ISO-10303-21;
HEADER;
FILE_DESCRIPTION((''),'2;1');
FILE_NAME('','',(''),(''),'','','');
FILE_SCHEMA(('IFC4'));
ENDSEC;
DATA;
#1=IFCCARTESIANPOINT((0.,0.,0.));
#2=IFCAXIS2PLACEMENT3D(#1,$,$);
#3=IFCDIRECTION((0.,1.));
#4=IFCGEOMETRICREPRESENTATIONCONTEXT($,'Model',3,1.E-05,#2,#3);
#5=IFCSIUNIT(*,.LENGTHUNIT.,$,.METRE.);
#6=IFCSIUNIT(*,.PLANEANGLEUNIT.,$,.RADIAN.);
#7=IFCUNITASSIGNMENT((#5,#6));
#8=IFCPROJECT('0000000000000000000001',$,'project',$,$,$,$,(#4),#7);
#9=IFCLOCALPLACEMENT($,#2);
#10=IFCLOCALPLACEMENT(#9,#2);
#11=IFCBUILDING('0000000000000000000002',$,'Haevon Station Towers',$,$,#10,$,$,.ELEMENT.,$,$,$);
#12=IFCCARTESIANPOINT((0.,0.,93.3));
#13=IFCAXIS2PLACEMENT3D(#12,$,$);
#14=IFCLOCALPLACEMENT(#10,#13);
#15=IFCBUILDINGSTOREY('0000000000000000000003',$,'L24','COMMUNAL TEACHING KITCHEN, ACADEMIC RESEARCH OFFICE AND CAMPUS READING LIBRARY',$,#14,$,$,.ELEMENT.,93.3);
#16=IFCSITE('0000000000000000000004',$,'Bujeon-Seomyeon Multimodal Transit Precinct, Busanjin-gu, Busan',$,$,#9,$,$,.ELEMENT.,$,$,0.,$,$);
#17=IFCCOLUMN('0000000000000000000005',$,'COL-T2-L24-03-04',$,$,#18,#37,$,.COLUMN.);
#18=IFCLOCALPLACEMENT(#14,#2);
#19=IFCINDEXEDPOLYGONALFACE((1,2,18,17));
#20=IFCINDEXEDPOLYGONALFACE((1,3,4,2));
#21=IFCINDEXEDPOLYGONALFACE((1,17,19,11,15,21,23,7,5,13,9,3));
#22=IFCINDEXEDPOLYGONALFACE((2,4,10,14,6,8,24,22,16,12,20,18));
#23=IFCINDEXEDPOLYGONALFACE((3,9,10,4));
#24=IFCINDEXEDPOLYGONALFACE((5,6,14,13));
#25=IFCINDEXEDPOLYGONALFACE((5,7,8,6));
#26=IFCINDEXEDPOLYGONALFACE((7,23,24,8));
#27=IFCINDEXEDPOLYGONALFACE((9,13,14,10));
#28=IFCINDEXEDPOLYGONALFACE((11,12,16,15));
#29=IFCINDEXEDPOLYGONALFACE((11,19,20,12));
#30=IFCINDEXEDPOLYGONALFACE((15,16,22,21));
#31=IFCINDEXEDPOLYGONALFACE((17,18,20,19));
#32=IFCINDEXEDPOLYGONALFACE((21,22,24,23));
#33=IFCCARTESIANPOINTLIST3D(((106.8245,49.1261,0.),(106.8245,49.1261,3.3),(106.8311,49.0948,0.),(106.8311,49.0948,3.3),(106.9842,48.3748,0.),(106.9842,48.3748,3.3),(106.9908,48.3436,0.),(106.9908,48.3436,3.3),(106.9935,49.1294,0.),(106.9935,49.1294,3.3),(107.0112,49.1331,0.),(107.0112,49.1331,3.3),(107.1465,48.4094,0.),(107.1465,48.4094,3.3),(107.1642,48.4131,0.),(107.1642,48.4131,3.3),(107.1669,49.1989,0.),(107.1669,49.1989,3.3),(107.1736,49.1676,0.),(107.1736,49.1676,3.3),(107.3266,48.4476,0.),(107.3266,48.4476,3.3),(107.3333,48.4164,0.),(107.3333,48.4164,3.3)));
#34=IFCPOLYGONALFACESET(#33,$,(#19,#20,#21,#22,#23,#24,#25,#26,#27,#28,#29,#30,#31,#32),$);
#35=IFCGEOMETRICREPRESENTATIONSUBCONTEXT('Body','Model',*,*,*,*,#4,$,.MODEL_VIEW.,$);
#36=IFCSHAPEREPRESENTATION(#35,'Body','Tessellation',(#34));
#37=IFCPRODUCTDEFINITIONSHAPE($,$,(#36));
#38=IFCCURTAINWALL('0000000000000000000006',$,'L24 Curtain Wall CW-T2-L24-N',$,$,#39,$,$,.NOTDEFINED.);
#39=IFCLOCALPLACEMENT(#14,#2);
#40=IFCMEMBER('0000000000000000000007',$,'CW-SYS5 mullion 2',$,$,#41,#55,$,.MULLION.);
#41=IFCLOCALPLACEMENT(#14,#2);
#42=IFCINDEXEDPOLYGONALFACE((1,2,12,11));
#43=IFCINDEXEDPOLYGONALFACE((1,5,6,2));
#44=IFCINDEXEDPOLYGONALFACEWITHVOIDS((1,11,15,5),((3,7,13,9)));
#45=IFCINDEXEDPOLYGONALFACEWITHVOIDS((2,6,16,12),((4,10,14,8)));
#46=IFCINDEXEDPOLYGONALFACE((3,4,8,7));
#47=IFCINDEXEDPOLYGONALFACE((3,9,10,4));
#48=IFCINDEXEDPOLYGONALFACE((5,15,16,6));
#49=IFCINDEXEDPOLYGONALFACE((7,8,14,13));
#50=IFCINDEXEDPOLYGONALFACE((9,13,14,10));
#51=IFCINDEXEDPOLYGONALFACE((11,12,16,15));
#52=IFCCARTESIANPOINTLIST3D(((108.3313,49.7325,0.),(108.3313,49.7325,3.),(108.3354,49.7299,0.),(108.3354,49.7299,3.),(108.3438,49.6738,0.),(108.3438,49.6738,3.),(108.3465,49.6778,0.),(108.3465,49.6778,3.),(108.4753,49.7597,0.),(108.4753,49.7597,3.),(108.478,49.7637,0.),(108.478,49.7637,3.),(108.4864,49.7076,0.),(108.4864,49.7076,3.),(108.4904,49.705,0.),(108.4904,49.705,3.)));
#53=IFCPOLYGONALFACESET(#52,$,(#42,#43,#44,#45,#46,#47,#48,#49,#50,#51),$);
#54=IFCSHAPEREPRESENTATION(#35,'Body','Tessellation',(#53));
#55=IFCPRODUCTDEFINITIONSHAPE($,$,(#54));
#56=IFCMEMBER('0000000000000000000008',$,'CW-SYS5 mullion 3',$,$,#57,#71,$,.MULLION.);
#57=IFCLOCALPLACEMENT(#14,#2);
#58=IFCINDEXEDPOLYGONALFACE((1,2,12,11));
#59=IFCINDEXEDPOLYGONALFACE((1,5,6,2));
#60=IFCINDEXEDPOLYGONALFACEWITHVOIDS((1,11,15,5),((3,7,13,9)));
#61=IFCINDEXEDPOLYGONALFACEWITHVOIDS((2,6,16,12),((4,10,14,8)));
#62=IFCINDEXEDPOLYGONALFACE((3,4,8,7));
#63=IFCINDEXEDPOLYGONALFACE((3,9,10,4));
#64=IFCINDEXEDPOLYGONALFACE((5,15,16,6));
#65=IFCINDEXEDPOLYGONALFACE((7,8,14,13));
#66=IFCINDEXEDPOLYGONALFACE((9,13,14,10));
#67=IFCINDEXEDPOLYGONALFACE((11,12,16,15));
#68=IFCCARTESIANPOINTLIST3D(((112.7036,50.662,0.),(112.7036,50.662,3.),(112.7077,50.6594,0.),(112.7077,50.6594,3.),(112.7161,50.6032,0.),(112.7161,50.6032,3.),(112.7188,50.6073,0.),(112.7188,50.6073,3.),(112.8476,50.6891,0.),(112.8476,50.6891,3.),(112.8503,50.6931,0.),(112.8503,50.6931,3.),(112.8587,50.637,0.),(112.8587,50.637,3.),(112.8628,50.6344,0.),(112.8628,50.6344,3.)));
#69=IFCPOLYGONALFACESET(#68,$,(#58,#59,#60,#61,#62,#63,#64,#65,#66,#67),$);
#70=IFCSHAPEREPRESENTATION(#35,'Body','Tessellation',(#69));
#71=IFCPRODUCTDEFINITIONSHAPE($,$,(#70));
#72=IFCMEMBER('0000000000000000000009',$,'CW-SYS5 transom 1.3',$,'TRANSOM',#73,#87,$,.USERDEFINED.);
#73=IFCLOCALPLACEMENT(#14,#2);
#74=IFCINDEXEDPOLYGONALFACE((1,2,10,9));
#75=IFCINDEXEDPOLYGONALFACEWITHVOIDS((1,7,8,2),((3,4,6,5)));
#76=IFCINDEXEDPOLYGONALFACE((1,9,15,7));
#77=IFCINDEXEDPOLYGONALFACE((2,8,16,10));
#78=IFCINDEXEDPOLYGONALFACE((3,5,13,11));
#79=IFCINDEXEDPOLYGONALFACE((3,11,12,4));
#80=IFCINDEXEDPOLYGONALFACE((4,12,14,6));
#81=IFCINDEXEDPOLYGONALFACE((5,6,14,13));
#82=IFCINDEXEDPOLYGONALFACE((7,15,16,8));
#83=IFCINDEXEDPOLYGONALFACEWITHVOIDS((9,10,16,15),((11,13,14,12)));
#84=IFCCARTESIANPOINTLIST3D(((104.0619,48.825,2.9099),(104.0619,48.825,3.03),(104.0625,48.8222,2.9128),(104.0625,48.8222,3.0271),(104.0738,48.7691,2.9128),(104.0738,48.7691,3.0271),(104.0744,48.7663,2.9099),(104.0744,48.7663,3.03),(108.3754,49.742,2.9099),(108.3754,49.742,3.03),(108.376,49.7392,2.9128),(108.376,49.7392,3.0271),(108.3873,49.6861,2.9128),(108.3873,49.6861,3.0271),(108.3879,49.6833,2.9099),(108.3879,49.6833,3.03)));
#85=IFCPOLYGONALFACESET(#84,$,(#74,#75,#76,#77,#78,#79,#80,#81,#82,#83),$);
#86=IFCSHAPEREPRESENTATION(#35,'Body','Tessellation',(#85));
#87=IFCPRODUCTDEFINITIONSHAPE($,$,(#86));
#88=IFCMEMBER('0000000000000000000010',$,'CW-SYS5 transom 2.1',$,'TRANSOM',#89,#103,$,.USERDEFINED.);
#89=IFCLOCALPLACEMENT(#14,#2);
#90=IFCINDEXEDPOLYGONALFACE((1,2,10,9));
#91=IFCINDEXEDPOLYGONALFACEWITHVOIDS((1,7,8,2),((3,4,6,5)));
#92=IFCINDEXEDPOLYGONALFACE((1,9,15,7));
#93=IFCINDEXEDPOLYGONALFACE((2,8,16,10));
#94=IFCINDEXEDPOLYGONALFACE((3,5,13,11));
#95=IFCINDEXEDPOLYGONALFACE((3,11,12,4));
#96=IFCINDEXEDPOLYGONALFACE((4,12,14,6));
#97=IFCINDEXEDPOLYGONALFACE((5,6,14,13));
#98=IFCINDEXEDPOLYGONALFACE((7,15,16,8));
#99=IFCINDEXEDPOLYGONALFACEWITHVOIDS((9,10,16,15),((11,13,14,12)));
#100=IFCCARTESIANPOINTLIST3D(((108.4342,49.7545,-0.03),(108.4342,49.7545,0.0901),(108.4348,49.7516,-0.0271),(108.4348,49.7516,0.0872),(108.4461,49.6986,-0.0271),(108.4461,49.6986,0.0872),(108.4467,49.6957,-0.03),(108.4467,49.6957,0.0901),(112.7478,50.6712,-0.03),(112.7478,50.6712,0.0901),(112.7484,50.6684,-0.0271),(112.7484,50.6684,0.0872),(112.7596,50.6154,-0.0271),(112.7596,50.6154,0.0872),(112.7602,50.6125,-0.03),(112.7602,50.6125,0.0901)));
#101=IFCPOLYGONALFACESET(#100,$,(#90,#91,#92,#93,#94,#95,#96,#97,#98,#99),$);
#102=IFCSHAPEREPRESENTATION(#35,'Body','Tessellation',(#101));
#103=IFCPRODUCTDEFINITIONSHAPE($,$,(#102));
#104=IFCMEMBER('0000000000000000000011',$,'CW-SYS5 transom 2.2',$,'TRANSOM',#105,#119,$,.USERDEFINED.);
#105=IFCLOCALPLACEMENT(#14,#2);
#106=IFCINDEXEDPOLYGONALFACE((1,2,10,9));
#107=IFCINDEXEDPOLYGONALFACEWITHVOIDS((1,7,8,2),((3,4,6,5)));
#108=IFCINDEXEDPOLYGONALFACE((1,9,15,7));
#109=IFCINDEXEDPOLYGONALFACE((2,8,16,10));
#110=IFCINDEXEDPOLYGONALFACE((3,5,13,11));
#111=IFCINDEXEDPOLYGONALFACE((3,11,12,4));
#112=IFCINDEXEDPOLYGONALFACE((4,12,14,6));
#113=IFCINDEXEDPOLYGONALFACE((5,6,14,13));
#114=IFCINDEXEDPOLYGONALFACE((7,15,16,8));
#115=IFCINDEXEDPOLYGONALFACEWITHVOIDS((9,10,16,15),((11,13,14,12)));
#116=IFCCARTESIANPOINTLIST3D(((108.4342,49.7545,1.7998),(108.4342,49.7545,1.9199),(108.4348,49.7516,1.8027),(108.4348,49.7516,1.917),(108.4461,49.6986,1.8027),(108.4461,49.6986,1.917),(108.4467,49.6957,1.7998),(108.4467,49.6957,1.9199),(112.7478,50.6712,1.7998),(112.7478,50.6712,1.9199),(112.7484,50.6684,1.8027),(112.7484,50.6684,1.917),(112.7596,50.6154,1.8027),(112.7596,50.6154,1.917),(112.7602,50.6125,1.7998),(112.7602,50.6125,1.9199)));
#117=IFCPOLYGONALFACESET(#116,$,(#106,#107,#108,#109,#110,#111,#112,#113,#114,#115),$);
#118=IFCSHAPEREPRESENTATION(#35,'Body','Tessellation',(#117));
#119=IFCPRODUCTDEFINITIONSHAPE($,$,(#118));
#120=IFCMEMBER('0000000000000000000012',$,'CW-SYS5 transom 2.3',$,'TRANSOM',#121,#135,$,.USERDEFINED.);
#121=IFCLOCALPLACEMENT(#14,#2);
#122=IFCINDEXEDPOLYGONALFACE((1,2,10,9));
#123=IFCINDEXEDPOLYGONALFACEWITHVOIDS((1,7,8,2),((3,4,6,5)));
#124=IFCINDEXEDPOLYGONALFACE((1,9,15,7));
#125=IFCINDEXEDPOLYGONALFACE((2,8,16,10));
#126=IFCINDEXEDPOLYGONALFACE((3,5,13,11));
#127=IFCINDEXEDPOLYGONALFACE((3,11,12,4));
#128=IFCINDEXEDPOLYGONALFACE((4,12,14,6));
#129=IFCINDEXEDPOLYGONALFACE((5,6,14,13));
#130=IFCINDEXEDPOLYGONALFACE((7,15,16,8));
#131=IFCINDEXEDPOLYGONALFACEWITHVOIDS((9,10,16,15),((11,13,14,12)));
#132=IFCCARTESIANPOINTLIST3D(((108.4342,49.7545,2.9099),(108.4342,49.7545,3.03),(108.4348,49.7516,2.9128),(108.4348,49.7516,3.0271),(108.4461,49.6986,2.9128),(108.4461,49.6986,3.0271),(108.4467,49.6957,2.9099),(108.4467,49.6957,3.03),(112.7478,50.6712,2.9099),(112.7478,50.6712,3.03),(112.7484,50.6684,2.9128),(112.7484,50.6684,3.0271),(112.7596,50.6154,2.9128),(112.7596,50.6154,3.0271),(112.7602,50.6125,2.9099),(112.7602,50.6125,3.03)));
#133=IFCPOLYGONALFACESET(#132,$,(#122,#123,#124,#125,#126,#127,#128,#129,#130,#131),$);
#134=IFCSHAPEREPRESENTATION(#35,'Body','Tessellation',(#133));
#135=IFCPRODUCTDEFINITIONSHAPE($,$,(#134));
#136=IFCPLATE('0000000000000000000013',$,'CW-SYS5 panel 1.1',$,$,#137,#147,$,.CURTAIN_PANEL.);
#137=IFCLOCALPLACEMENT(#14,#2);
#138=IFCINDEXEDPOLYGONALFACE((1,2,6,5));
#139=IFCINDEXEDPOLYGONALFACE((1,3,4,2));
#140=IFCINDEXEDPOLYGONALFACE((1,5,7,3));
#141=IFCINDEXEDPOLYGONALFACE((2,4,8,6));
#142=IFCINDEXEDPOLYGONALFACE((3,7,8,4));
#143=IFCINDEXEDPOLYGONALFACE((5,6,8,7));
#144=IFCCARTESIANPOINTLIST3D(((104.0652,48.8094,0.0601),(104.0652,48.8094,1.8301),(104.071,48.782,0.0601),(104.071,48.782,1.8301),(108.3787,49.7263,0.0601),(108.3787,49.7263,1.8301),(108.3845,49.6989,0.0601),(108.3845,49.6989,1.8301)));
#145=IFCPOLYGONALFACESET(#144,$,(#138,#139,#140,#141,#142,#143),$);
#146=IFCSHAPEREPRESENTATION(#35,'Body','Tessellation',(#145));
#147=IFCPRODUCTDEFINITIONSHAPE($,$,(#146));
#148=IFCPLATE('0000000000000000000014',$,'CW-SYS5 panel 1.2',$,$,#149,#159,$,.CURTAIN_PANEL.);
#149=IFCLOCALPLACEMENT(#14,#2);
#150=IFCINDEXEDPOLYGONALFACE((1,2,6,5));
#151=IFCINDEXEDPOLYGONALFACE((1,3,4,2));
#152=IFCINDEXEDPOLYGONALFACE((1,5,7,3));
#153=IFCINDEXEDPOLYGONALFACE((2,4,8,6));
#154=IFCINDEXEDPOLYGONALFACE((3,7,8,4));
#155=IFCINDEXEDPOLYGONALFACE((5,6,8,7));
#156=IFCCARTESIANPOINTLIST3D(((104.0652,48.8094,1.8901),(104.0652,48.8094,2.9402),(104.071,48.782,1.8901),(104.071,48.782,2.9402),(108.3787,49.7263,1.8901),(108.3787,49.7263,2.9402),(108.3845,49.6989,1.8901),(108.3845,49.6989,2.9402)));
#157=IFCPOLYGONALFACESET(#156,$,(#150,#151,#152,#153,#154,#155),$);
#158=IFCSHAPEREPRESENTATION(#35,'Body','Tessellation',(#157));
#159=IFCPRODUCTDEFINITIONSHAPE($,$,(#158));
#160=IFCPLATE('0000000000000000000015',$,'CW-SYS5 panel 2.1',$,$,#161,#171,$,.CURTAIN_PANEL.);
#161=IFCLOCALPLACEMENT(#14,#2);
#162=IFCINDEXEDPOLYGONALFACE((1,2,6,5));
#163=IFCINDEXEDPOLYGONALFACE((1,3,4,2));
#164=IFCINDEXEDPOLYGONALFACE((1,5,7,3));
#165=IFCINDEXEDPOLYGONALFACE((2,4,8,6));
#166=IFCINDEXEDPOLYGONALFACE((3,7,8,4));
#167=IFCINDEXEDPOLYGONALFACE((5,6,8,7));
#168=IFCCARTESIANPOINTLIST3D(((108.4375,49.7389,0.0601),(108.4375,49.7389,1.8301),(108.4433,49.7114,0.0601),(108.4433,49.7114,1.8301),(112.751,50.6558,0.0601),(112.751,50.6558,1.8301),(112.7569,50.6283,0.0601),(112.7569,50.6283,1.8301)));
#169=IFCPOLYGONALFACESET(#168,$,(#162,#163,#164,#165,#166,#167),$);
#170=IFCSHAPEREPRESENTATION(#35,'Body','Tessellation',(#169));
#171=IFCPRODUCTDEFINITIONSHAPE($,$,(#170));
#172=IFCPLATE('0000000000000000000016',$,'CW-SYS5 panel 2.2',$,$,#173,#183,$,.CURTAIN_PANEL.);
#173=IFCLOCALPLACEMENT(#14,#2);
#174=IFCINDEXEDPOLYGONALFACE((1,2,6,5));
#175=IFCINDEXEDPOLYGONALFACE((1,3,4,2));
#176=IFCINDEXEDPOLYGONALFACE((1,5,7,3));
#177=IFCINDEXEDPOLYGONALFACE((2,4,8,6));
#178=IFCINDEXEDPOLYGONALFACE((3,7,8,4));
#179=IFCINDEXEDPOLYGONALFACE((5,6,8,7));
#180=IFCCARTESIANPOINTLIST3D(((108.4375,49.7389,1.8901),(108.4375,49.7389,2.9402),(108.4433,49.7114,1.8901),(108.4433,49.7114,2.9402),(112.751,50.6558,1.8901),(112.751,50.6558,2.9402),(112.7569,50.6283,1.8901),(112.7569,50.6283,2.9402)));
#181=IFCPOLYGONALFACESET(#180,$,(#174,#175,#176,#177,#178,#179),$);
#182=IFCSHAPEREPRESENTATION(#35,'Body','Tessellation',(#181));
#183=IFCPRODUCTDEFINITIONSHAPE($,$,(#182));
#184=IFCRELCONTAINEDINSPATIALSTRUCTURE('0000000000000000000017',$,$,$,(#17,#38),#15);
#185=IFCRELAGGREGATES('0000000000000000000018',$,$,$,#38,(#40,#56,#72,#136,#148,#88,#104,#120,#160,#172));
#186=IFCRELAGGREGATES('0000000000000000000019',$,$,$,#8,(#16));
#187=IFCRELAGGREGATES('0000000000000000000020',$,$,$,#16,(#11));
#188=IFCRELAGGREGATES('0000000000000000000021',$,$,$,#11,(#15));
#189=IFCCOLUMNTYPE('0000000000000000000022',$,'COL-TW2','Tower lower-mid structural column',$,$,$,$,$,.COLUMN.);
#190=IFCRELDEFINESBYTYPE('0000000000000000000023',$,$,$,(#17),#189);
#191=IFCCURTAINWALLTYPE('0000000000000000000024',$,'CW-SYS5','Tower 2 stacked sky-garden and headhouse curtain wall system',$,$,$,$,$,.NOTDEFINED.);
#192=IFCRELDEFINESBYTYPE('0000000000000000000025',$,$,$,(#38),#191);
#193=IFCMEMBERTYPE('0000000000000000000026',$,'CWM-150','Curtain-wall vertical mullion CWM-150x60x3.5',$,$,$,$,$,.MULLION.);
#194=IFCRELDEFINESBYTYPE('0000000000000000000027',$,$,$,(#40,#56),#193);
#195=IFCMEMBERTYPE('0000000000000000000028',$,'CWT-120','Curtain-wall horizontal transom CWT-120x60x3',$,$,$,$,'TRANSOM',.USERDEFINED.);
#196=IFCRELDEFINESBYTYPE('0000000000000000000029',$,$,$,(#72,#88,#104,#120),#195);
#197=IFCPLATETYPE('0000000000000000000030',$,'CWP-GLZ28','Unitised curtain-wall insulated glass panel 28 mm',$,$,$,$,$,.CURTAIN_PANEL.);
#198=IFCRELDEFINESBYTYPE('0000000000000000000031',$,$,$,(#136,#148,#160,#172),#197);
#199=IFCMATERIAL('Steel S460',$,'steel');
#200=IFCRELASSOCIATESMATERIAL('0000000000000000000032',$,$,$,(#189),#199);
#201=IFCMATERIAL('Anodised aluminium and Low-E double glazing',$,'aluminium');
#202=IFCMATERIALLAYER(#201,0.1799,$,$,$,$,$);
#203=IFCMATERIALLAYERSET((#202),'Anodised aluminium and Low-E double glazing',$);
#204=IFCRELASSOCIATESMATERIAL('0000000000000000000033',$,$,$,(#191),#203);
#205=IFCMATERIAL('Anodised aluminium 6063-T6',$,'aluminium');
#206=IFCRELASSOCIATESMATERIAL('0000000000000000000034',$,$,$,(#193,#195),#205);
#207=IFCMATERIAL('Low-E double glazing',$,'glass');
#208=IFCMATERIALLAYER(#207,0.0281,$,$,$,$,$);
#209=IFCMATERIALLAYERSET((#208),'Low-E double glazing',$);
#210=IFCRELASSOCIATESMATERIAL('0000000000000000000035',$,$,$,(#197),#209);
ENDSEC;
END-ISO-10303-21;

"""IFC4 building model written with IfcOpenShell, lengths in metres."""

from ifc_helpers import new_model, si_unit, direction, frame, origin, origin_2d, place, context, subcontext, project, spatial, rectangle, hollow_rectangle, i_section, extrude, material, layer, layer_set, material_profile, profile_set, type_object, element, aggregate, save


model = new_model("IFC4")

# Units and contexts
model_context = context("Model", 3, precision=1e-05, world=origin(), true_north=direction((0.0, 1.0)))
body_context = subcontext(model_context, "Body", "Model", "MODEL_VIEW")
ifc_project = project(units=[si_unit("LENGTHUNIT", "METRE"), si_unit("PLANEANGLEUNIT", "RADIAN")], contexts=[model_context])

# Site, building, storey
site_placement = place(None, origin())
site = spatial("IfcSite", under=ifc_project, at=site_placement, Name="Bujeon-Seomyeon Multimodal Transit Precinct, Busanjin-gu, Busan", CompositionType="ELEMENT", RefElevation=0.0)
building_placement = place(site_placement, origin())
building = spatial("IfcBuilding", under=site, at=building_placement, Name="Haevon Station Towers", CompositionType="ELEMENT")
storey_placement = place(building_placement, frame((0.0, 0.0, 93.3)))
storey = spatial("IfcBuildingStorey", under=building, at=storey_placement, Name="L24", Description="COMMUNAL TEACHING KITCHEN, ACADEMIC RESEARCH OFFICE AND CAMPUS READING LIBRARY", CompositionType="ELEMENT", Elevation=93.3)

# Column
ifc_material_1 = material(Name="Steel S460", Category="steel")
ifc_material_profile_1 = material_profile(ifc_material_1, i_section(OverallWidth=0.3501, OverallDepth=0.8, WebThickness=0.0181, FlangeThickness=0.032, at=origin_2d()), Name="H-800x350x18x32")
ifc_profile_set_1 = profile_set([ifc_material_profile_1], Name="Steel S460")
column_type = type_object("IfcColumnType", Name="COL-TW2", Description="Tower lower-mid structural column", PredefinedType="COLUMN", material=ifc_profile_set_1)
column_placement = place(storey_placement, frame((107.0789, 48.7712, 0.0), z_axis=(0.0, 0.0, 1.0), x_axis=(0.978148, 0.207912, 0.0)))
element("IfcColumn", 1, at=column_placement, inside=storey, type_object=column_type, Name="COL-T2-L24-03-04", PredefinedType="COLUMN", context=body_context, shape_type="SweptSolid", body=[
    extrude(i_section(OverallWidth=0.3501, OverallDepth=0.8, WebThickness=0.0181, FlangeThickness=0.032, at=origin_2d()), origin(), (0.0, 0.0, 1.0), 3.3),
])

# Curtain wall, members, plates
ifc_material_2 = material(Name="Anodised aluminium and Low-E double glazing", Category="aluminium")
ifc_layer_1 = layer(ifc_material_2, 0.1799)
ifc_layer_set_1 = layer_set([ifc_layer_1], Name="Anodised aluminium and Low-E double glazing")
curtain_wall_type = type_object("IfcCurtainWallType", Name="CW-SYS5", Description="Tower 2 stacked sky-garden and headhouse curtain wall system", PredefinedType="NOTDEFINED", material=ifc_layer_set_1)
curtain_wall_placement = place(storey_placement, origin())
curtain_wall = element("IfcCurtainWall", 2, at=curtain_wall_placement, inside=storey, type_object=curtain_wall_type, Name="L24 Curtain Wall CW-T2-L24-N", PredefinedType="NOTDEFINED")
ifc_material_3 = material(Name="Anodised aluminium 6063-T6", Category="aluminium")
ifc_material_profile_2 = material_profile(ifc_material_3, hollow_rectangle(XDim=0.0601, YDim=0.1499, WallThickness=0.0034, at=origin_2d()), Name="CWM-150x60x3.5")
ifc_profile_set_2 = profile_set([ifc_material_profile_2], Name="Anodised aluminium 6063-T6")
member_type_1 = type_object("IfcMemberType", Name="CWM-150", Description="Curtain-wall vertical mullion CWM-150x60x3.5", PredefinedType="MULLION", material=ifc_profile_set_2)
member_1_placement = place(storey_placement, frame((108.4109, 49.7188, 0.0), z_axis=(0.0, 0.0, 1.0), x_axis=(-0.207912, 0.978148, 0.0)))
member_1 = element("IfcMember", 3, at=member_1_placement, type_object=member_type_1, Name="CW-SYS5 mullion 2", PredefinedType="MULLION", context=body_context, shape_type="SweptSolid", body=[
    extrude(hollow_rectangle(XDim=0.0601, YDim=0.1499, WallThickness=0.0034, at=origin_2d()), origin(), (0.0, 0.0, 1.0), 3.0),
])
member_2_placement = place(storey_placement, frame((112.7832, 50.6482, 0.0), z_axis=(0.0, 0.0, 1.0), x_axis=(-0.207912, 0.978148, 0.0)))
member_2 = element("IfcMember", 4, at=member_2_placement, type_object=member_type_1, Name="CW-SYS5 mullion 3", PredefinedType="MULLION", context=body_context, shape_type="SweptSolid", body=[
    extrude(hollow_rectangle(XDim=0.0601, YDim=0.1499, WallThickness=0.0034, at=origin_2d()), origin(), (0.0, 0.0, 1.0), 3.0),
])
ifc_material_profile_3 = material_profile(ifc_material_3, hollow_rectangle(XDim=0.0601, YDim=0.1201, WallThickness=0.0029, at=origin_2d()), Name="CWT-120x60x3")
ifc_profile_set_3 = profile_set([ifc_material_profile_3], Name="Anodised aluminium 6063-T6")
member_type_2 = type_object("IfcMemberType", Name="CWT-120", Description="Curtain-wall horizontal transom CWT-120x60x3", ElementType="TRANSOM", PredefinedType="USERDEFINED", material=ifc_profile_set_3)
member_3_placement = place(storey_placement, frame((104.0681, 48.7957, 2.97), z_axis=(0.978141, 0.207941, 0.0), x_axis=(-0.207941, 0.978141, 0.0)))
member_3 = element("IfcMember", 5, at=member_3_placement, type_object=member_type_2, Name="CW-SYS5 transom 1.3", ObjectType="TRANSOM", PredefinedType="USERDEFINED", context=body_context, shape_type="SweptSolid", body=[
    extrude(hollow_rectangle(XDim=0.0601, YDim=0.1201, WallThickness=0.0029, at=origin_2d()), origin(), (0.0, 0.0, 1.0), 4.4099),
])
member_4_placement = place(storey_placement, frame((108.4404, 49.7251, 0.03), z_axis=(0.978153, 0.207888, 0.0), x_axis=(-0.207888, 0.978153, 0.0)))
member_4 = element("IfcMember", 6, at=member_4_placement, type_object=member_type_2, Name="CW-SYS5 transom 2.1", ObjectType="TRANSOM", PredefinedType="USERDEFINED", context=body_context, shape_type="SweptSolid", body=[
    extrude(hollow_rectangle(XDim=0.0601, YDim=0.1201, WallThickness=0.0029, at=origin_2d()), origin(), (0.0, 0.0, 1.0), 4.4099),
])
member_5_placement = place(storey_placement, frame((108.4404, 49.7251, 1.8599), z_axis=(0.978153, 0.207888, 0.0), x_axis=(-0.207888, 0.978153, 0.0)))
member_5 = element("IfcMember", 7, at=member_5_placement, type_object=member_type_2, Name="CW-SYS5 transom 2.2", ObjectType="TRANSOM", PredefinedType="USERDEFINED", context=body_context, shape_type="SweptSolid", body=[
    extrude(hollow_rectangle(XDim=0.0601, YDim=0.1201, WallThickness=0.0029, at=origin_2d()), origin(), (0.0, 0.0, 1.0), 4.4099),
])
member_6_placement = place(storey_placement, frame((108.4404, 49.7251, 2.97), z_axis=(0.978153, 0.207888, 0.0), x_axis=(-0.207888, 0.978153, 0.0)))
member_6 = element("IfcMember", 8, at=member_6_placement, type_object=member_type_2, Name="CW-SYS5 transom 2.3", ObjectType="TRANSOM", PredefinedType="USERDEFINED", context=body_context, shape_type="SweptSolid", body=[
    extrude(hollow_rectangle(XDim=0.0601, YDim=0.1201, WallThickness=0.0029, at=origin_2d()), origin(), (0.0, 0.0, 1.0), 4.4099),
])
ifc_material_4 = material(Name="Low-E double glazing", Category="glass")
ifc_layer_2 = layer(ifc_material_4, 0.0281)
ifc_layer_set_2 = layer_set([ifc_layer_2], Name="Low-E double glazing")
plate_type = type_object("IfcPlateType", Name="CWP-GLZ28", Description="Unitised curtain-wall insulated glass panel 28 mm", PredefinedType="CURTAIN_PANEL", material=ifc_layer_set_2)
plate_1_placement = place(storey_placement, frame((106.2249, 49.2542, 0.0601), z_axis=(0.0, 0.0, 1.0), x_axis=(0.978148, 0.207912, 0.0)))
plate_1 = element("IfcPlate", 9, at=plate_1_placement, type_object=plate_type, Name="CW-SYS5 panel 1.1", PredefinedType="CURTAIN_PANEL", context=body_context, shape_type="SweptSolid", body=[
    extrude(rectangle(XDim=4.4099, YDim=0.0281, at=origin_2d()), origin(), (0.0, 0.0, 1.0), 1.77),
])
plate_2_placement = place(storey_placement, frame((106.2249, 49.2542, 1.8901), z_axis=(0.0, 0.0, 1.0), x_axis=(0.978148, 0.207912, 0.0)))
plate_2 = element("IfcPlate", 10, at=plate_2_placement, type_object=plate_type, Name="CW-SYS5 panel 1.2", PredefinedType="CURTAIN_PANEL", context=body_context, shape_type="SweptSolid", body=[
    extrude(rectangle(XDim=4.4099, YDim=0.0281, at=origin_2d()), origin(), (0.0, 0.0, 1.0), 1.05),
])
plate_3_placement = place(storey_placement, frame((110.5972, 50.1836, 0.0601), z_axis=(0.0, 0.0, 1.0), x_axis=(0.978148, 0.207912, 0.0)))
plate_3 = element("IfcPlate", 11, at=plate_3_placement, type_object=plate_type, Name="CW-SYS5 panel 2.1", PredefinedType="CURTAIN_PANEL", context=body_context, shape_type="SweptSolid", body=[
    extrude(rectangle(XDim=4.4099, YDim=0.0281, at=origin_2d()), origin(), (0.0, 0.0, 1.0), 1.77),
])
plate_4_placement = place(storey_placement, frame((110.5972, 50.1836, 1.8901), z_axis=(0.0, 0.0, 1.0), x_axis=(0.978148, 0.207912, 0.0)))
plate_4 = element("IfcPlate", 12, at=plate_4_placement, type_object=plate_type, Name="CW-SYS5 panel 2.2", PredefinedType="CURTAIN_PANEL", context=body_context, shape_type="SweptSolid", body=[
    extrude(rectangle(XDim=4.4099, YDim=0.0281, at=origin_2d()), origin(), (0.0, 0.0, 1.0), 1.05),
])
aggregate(curtain_wall, [member_1, member_2, member_3, plate_1, plate_2, member_4, member_5, member_6, plate_3, plate_4])

save(model, "model.ifc")
